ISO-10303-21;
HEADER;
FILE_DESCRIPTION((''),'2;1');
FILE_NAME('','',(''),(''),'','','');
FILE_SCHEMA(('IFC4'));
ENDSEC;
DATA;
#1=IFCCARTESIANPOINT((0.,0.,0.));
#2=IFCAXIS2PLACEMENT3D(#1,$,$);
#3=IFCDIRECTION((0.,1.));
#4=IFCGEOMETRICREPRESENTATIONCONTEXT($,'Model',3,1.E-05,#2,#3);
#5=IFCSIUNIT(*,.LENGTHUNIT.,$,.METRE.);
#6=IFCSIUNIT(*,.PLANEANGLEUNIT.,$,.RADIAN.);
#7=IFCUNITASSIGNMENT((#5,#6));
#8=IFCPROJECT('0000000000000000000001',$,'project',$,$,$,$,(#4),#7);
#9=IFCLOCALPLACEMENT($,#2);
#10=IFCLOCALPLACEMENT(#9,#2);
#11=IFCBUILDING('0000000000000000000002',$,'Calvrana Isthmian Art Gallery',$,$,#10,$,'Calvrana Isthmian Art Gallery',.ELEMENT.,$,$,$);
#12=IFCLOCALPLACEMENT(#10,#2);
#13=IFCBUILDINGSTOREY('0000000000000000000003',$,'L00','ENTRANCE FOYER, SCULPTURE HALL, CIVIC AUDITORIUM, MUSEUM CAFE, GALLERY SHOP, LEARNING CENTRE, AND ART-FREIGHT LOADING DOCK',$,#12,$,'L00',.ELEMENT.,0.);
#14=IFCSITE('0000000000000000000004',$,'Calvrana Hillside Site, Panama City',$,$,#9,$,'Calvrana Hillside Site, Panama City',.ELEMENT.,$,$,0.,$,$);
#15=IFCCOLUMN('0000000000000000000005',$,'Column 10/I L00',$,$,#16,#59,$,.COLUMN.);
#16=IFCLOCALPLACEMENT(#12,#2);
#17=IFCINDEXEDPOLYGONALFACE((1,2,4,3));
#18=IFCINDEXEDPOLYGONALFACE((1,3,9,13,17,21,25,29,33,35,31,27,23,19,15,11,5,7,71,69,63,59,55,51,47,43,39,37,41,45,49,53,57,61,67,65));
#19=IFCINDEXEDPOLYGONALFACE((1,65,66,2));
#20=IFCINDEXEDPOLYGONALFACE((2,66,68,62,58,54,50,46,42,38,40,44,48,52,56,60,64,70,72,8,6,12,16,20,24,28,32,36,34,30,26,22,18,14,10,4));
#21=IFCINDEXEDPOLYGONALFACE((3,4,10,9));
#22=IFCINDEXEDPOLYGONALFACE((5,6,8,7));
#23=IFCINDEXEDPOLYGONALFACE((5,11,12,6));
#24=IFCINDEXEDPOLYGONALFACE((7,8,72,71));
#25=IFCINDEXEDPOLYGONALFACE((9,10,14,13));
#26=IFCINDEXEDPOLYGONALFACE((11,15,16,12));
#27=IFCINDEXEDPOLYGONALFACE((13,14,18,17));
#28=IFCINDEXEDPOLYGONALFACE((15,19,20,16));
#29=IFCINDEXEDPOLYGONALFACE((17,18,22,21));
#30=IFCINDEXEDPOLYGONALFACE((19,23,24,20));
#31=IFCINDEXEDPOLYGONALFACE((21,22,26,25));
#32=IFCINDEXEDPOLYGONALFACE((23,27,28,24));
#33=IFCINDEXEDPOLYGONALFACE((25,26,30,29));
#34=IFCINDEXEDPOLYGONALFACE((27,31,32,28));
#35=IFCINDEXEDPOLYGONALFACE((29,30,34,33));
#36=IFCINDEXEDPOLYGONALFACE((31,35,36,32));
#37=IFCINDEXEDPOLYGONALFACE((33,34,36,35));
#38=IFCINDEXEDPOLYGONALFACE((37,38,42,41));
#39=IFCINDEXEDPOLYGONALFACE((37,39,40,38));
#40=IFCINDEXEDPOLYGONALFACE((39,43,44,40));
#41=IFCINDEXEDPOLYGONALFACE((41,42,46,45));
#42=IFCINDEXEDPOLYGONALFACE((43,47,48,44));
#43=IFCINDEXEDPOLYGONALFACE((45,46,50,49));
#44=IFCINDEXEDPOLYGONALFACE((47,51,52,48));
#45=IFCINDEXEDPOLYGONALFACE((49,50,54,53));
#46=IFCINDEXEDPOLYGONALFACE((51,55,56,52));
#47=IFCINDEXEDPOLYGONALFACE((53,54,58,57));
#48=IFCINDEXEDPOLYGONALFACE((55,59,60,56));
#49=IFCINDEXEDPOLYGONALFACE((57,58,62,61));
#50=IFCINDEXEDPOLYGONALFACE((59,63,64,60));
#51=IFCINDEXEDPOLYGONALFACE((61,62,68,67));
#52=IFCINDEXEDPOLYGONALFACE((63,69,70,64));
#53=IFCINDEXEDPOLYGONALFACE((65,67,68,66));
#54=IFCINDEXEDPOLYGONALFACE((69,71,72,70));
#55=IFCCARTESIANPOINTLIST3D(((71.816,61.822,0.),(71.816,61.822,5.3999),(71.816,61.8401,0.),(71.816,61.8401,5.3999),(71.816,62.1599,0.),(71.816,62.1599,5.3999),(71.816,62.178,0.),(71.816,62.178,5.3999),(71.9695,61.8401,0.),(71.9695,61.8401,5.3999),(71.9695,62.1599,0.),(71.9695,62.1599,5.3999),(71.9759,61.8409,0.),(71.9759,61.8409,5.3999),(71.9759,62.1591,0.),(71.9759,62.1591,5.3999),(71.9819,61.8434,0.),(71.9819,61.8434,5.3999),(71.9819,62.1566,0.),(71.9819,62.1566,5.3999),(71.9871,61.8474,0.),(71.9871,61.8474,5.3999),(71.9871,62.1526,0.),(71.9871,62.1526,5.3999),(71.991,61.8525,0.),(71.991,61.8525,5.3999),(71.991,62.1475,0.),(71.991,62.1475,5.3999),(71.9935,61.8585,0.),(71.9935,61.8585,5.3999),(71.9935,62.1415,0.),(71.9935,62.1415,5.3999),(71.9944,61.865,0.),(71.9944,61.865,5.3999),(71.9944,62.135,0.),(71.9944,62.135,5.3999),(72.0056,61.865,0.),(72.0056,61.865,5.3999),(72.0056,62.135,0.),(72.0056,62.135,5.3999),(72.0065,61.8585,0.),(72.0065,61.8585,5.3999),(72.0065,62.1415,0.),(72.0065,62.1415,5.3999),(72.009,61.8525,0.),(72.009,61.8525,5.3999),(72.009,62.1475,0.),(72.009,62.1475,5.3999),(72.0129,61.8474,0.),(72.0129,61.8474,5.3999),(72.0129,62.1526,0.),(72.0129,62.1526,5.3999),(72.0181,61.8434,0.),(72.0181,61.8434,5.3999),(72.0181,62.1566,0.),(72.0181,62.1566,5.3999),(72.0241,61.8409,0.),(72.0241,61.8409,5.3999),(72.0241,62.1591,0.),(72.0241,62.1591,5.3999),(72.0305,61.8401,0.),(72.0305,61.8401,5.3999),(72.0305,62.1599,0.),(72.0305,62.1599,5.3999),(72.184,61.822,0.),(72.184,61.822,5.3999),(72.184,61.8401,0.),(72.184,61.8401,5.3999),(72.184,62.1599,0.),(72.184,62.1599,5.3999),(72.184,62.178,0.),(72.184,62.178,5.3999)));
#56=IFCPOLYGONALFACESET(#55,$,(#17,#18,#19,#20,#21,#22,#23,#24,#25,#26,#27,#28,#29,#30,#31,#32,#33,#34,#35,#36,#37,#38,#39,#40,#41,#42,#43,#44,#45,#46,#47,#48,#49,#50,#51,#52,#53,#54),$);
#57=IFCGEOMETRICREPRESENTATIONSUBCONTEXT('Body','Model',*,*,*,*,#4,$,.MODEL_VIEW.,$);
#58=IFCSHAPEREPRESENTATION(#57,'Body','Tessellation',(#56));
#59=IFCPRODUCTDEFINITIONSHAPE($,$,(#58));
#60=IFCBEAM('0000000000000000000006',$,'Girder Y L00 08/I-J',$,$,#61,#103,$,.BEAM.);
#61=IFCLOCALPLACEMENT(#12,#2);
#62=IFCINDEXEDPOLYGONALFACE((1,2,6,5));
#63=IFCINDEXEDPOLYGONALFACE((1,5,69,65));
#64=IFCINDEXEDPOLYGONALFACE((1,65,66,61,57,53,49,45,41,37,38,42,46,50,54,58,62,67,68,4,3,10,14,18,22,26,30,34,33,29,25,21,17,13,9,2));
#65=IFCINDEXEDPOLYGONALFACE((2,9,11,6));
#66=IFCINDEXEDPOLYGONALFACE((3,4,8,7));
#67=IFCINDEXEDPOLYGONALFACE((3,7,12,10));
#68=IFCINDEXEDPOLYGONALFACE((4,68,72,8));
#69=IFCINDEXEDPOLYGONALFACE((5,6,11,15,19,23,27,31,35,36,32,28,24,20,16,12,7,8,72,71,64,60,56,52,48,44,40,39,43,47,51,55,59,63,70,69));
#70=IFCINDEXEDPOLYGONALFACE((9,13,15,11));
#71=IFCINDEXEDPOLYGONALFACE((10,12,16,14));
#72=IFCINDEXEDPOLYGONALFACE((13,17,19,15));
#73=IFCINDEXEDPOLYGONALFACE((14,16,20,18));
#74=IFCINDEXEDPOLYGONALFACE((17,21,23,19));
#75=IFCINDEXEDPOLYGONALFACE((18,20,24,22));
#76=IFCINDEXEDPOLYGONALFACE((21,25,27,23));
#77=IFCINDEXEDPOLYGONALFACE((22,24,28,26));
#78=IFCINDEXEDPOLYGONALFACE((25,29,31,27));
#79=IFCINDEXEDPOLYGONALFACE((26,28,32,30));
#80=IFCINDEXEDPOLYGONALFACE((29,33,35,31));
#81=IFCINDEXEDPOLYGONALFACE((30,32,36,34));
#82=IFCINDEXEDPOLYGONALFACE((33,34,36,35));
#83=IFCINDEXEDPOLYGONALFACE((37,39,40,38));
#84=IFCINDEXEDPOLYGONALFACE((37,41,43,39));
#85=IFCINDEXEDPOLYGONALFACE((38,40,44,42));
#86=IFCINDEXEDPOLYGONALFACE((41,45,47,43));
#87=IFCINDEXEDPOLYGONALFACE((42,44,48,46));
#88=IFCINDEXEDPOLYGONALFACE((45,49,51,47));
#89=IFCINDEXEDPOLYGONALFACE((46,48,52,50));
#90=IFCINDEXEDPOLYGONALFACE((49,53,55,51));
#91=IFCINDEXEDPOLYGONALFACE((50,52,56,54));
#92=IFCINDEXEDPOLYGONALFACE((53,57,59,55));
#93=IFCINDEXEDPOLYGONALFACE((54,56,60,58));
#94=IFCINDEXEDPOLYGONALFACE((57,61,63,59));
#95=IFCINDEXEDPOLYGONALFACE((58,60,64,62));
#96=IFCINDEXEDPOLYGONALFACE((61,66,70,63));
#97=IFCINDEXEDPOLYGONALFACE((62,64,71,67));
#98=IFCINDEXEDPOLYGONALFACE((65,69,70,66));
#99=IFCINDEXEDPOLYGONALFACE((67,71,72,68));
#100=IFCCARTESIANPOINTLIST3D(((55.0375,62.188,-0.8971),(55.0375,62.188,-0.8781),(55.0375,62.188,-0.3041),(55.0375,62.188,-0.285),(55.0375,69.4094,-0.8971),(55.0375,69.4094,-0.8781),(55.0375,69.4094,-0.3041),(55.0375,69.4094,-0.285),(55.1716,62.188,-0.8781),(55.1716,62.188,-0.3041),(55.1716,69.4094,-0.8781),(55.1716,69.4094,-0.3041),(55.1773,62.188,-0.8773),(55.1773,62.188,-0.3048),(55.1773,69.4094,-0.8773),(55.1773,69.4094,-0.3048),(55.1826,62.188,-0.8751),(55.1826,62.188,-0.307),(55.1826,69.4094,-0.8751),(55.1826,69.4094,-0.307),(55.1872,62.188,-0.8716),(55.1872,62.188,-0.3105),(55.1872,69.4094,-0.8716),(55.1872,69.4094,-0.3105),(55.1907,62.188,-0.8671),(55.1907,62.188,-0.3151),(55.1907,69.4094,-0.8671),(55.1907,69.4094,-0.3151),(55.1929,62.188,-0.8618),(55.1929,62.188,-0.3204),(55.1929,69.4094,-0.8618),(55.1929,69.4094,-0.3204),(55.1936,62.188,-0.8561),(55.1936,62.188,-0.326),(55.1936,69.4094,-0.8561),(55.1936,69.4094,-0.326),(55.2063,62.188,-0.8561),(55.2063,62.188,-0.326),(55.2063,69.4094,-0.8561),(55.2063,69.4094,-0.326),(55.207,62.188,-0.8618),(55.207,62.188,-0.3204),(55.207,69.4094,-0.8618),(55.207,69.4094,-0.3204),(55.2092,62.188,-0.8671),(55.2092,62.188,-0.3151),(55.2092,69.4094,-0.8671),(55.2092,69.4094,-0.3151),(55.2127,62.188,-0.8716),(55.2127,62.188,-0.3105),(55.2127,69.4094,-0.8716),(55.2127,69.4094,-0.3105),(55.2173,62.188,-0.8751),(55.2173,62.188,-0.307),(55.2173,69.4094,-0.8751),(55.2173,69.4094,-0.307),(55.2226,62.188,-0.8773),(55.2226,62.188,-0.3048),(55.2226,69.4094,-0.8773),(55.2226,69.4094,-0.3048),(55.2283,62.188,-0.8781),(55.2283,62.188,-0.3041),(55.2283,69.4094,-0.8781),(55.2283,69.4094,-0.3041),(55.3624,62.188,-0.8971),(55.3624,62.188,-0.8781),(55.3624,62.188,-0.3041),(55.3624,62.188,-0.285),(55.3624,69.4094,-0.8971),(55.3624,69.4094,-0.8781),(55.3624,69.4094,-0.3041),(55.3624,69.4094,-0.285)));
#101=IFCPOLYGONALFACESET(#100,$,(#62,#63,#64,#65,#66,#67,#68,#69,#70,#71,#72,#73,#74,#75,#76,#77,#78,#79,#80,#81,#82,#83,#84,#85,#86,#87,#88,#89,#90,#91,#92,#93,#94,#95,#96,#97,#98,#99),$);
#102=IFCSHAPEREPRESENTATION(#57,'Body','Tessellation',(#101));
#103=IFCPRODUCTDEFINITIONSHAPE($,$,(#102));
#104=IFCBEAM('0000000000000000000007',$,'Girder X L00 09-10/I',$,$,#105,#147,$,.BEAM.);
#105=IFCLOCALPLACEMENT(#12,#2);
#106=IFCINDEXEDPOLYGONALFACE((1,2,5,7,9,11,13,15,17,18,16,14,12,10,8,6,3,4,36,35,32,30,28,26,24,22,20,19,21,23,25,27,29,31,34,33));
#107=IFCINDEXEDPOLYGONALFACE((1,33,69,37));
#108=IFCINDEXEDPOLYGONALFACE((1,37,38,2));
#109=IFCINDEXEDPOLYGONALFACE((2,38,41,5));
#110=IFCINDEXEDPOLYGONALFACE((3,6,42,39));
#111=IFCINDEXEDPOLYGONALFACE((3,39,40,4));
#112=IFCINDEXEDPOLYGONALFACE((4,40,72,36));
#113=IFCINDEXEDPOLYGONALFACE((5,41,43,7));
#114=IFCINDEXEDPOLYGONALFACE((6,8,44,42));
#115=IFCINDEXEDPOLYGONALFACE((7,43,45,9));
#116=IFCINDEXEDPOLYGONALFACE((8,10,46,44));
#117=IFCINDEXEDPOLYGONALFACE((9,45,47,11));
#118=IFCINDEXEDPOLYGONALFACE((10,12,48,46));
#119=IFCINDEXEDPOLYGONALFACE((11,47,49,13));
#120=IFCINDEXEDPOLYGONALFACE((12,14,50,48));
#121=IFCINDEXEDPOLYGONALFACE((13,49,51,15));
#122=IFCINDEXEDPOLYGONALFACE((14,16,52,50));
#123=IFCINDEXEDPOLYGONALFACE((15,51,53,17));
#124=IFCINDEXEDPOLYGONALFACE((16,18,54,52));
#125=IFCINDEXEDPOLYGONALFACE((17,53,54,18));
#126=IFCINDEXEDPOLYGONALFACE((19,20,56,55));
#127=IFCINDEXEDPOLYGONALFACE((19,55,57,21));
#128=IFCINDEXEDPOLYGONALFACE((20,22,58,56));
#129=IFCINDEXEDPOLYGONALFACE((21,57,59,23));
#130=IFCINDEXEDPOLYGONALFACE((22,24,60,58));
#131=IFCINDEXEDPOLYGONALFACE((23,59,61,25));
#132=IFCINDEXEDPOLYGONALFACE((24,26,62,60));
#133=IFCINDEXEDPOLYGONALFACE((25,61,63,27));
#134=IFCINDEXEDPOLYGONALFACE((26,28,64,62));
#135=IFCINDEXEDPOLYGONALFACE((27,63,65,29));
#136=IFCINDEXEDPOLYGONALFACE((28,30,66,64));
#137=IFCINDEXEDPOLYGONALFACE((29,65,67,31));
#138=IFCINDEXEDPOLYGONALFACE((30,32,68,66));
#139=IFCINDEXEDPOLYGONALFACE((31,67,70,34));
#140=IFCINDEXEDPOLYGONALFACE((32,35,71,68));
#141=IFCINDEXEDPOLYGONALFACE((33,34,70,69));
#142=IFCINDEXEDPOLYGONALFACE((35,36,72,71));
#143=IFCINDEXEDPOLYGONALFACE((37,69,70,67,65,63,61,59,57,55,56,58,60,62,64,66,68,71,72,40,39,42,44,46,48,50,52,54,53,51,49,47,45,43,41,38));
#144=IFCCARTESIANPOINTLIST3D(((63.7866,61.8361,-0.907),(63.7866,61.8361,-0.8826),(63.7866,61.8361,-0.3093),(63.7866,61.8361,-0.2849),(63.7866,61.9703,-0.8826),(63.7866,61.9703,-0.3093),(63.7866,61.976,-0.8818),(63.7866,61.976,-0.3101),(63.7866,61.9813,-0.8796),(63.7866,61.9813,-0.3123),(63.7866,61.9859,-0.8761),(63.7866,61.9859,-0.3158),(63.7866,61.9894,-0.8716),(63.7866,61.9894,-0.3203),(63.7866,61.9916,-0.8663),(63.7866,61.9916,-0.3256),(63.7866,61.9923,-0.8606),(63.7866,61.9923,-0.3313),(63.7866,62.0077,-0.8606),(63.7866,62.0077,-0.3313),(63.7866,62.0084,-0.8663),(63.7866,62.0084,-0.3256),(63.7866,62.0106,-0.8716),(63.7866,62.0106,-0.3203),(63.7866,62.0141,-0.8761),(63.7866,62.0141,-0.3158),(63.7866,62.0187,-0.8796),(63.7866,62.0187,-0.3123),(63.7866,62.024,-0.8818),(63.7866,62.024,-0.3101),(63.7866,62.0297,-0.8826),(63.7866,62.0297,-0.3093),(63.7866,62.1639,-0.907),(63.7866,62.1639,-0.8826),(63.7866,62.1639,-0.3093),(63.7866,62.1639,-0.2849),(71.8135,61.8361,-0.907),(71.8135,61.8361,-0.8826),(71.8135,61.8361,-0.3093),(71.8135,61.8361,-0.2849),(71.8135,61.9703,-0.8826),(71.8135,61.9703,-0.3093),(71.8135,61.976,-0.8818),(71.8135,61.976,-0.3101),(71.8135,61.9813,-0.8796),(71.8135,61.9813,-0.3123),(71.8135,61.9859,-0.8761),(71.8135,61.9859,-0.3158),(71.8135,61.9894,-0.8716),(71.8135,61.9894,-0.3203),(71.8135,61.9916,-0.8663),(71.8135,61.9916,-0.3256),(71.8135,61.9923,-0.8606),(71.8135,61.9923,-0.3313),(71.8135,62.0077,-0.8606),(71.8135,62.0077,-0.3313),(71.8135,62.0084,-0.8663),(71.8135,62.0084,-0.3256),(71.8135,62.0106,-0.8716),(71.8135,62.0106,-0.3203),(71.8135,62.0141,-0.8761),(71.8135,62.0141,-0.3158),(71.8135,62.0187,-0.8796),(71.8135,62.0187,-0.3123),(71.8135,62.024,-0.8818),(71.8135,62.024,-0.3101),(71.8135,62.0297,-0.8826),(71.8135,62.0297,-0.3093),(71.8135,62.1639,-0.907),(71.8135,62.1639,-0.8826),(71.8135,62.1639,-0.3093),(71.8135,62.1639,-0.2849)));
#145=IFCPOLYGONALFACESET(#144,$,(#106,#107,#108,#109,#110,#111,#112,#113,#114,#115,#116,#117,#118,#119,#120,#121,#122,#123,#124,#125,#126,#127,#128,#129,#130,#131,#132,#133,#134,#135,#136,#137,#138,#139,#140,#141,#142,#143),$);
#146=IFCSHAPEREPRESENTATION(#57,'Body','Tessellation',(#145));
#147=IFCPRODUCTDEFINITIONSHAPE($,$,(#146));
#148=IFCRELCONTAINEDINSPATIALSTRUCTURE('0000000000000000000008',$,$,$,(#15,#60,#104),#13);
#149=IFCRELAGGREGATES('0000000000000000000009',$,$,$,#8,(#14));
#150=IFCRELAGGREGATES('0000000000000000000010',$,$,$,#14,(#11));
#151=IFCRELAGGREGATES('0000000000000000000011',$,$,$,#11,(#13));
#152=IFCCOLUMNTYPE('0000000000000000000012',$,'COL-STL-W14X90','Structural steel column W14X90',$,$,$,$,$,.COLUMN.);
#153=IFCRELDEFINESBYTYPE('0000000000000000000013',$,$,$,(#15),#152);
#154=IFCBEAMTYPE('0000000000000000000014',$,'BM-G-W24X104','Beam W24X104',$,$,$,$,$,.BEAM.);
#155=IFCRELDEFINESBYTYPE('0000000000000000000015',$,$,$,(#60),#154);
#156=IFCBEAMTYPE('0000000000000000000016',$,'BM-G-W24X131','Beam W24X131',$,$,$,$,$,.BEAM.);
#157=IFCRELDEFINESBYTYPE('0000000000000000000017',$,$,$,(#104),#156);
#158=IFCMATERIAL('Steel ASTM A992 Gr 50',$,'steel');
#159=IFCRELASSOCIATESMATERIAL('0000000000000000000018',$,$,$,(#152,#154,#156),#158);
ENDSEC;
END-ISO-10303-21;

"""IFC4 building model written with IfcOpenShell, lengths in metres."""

from ifc_helpers import new_model, si_unit, direction, frame, origin, origin_2d, place, context, subcontext, project, spatial, i_section, extrude, material, material_profile, profile_set, type_object, element, save


model = new_model("IFC4")

# Units and contexts
model_context = context("Model", 3, precision=1e-05, world=origin(), true_north=direction((0.0, 1.0)))
body_context = subcontext(model_context, "Body", "Model", "MODEL_VIEW")
ifc_project = project(units=[si_unit("LENGTHUNIT", "METRE"), si_unit("PLANEANGLEUNIT", "RADIAN")], contexts=[model_context])

# Site, building, storey
site_placement = place(None, origin())
site = spatial("IfcSite", under=ifc_project, at=site_placement, Name="Calvrana Hillside Site, Panama City", LongName="Calvrana Hillside Site, Panama City", CompositionType="ELEMENT", RefElevation=0.0)
building_placement = place(site_placement, origin())
building = spatial("IfcBuilding", under=site, at=building_placement, Name="Calvrana Isthmian Art Gallery", LongName="Calvrana Isthmian Art Gallery", CompositionType="ELEMENT")
storey_placement = place(building_placement, origin())
storey = spatial("IfcBuildingStorey", under=building, at=storey_placement, Name="L00", Description="ENTRANCE FOYER, SCULPTURE HALL, CIVIC AUDITORIUM, MUSEUM CAFE, GALLERY SHOP, LEARNING CENTRE, AND ART-FREIGHT LOADING DOCK", LongName="L00", CompositionType="ELEMENT", Elevation=0.0)

# Column
ifc_material_1 = material(Name="Steel ASTM A992 Gr 50", Category="steel")
ifc_material_profile_1 = material_profile(ifc_material_1, i_section(OverallWidth=0.3679, OverallDepth=0.356, WebThickness=0.0112, FlangeThickness=0.0181, FilletRadius=0.0249, at=origin_2d()), Name="W14X90")
ifc_profile_set_1 = profile_set([ifc_material_profile_1], Name="Steel ASTM A992 Gr 50")
column_type = type_object("IfcColumnType", Name="COL-STL-W14X90", Description="Structural steel column W14X90", PredefinedType="COLUMN", material=ifc_profile_set_1)
column_placement = place(storey_placement, frame((72.0, 62.0, 0.0), z_axis=(0.0, 0.0, 1.0), x_axis=(1.0, 0.0, 0.0)))
element("IfcColumn", 1, at=column_placement, inside=storey, type_object=column_type, Name="Column 10/I L00", PredefinedType="COLUMN", context=body_context, shape_type="SweptSolid", body=[
    extrude(i_section(OverallWidth=0.3679, OverallDepth=0.356, WebThickness=0.0112, FlangeThickness=0.0181, FilletRadius=0.0249, at=origin_2d()), origin(), (0.0, 0.0, 1.0), 5.3999),
])

# Beams
ifc_material_profile_2 = material_profile(ifc_material_1, i_section(OverallWidth=0.325, OverallDepth=0.6121, WebThickness=0.0127, FlangeThickness=0.019, FilletRadius=0.022, at=origin_2d()), Name="W24X104")
ifc_profile_set_2 = profile_set([ifc_material_profile_2], Name="Steel ASTM A992 Gr 50")
beam_type_1 = type_object("IfcBeamType", Name="BM-G-W24X104", Description="Beam W24X104", PredefinedType="BEAM", material=ifc_profile_set_2)
beam_1_placement = place(storey_placement, frame((55.2, 62.188, -0.5911), z_axis=(0.0, 1.0, 0.0), x_axis=(-1.0, 0.0, 0.0)))
element("IfcBeam", 2, at=beam_1_placement, inside=storey, type_object=beam_type_1, Name="Girder Y L00 08/I-J", PredefinedType="BEAM", context=body_context, shape_type="SweptSolid", body=[
    extrude(i_section(OverallWidth=0.325, OverallDepth=0.6121, WebThickness=0.0127, FlangeThickness=0.019, FilletRadius=0.022, at=origin_2d()), origin(), (0.0, 0.0, 1.0), 7.2214),
])
ifc_material_profile_3 = material_profile(ifc_material_1, i_section(OverallWidth=0.3279, OverallDepth=0.6221, WebThickness=0.0154, FlangeThickness=0.0244, FilletRadius=0.022, at=origin_2d()), Name="W24X131")
ifc_profile_set_3 = profile_set([ifc_material_profile_3], Name="Steel ASTM A992 Gr 50")
beam_type_2 = type_object("IfcBeamType", Name="BM-G-W24X131", Description="Beam W24X131", PredefinedType="BEAM", material=ifc_profile_set_3)
beam_2_placement = place(storey_placement, frame((63.7866, 62.0, -0.5959), z_axis=(1.0, 0.0, 0.0), x_axis=(0.0, 1.0, 0.0)))
element("IfcBeam", 3, at=beam_2_placement, inside=storey, type_object=beam_type_2, Name="Girder X L00 09-10/I", PredefinedType="BEAM", context=body_context, shape_type="SweptSolid", body=[
    extrude(i_section(OverallWidth=0.3279, OverallDepth=0.6221, WebThickness=0.0154, FlangeThickness=0.0244, FilletRadius=0.022, at=origin_2d()), origin(), (0.0, 0.0, 1.0), 8.0269),
])

save(model, "model.ifc")
